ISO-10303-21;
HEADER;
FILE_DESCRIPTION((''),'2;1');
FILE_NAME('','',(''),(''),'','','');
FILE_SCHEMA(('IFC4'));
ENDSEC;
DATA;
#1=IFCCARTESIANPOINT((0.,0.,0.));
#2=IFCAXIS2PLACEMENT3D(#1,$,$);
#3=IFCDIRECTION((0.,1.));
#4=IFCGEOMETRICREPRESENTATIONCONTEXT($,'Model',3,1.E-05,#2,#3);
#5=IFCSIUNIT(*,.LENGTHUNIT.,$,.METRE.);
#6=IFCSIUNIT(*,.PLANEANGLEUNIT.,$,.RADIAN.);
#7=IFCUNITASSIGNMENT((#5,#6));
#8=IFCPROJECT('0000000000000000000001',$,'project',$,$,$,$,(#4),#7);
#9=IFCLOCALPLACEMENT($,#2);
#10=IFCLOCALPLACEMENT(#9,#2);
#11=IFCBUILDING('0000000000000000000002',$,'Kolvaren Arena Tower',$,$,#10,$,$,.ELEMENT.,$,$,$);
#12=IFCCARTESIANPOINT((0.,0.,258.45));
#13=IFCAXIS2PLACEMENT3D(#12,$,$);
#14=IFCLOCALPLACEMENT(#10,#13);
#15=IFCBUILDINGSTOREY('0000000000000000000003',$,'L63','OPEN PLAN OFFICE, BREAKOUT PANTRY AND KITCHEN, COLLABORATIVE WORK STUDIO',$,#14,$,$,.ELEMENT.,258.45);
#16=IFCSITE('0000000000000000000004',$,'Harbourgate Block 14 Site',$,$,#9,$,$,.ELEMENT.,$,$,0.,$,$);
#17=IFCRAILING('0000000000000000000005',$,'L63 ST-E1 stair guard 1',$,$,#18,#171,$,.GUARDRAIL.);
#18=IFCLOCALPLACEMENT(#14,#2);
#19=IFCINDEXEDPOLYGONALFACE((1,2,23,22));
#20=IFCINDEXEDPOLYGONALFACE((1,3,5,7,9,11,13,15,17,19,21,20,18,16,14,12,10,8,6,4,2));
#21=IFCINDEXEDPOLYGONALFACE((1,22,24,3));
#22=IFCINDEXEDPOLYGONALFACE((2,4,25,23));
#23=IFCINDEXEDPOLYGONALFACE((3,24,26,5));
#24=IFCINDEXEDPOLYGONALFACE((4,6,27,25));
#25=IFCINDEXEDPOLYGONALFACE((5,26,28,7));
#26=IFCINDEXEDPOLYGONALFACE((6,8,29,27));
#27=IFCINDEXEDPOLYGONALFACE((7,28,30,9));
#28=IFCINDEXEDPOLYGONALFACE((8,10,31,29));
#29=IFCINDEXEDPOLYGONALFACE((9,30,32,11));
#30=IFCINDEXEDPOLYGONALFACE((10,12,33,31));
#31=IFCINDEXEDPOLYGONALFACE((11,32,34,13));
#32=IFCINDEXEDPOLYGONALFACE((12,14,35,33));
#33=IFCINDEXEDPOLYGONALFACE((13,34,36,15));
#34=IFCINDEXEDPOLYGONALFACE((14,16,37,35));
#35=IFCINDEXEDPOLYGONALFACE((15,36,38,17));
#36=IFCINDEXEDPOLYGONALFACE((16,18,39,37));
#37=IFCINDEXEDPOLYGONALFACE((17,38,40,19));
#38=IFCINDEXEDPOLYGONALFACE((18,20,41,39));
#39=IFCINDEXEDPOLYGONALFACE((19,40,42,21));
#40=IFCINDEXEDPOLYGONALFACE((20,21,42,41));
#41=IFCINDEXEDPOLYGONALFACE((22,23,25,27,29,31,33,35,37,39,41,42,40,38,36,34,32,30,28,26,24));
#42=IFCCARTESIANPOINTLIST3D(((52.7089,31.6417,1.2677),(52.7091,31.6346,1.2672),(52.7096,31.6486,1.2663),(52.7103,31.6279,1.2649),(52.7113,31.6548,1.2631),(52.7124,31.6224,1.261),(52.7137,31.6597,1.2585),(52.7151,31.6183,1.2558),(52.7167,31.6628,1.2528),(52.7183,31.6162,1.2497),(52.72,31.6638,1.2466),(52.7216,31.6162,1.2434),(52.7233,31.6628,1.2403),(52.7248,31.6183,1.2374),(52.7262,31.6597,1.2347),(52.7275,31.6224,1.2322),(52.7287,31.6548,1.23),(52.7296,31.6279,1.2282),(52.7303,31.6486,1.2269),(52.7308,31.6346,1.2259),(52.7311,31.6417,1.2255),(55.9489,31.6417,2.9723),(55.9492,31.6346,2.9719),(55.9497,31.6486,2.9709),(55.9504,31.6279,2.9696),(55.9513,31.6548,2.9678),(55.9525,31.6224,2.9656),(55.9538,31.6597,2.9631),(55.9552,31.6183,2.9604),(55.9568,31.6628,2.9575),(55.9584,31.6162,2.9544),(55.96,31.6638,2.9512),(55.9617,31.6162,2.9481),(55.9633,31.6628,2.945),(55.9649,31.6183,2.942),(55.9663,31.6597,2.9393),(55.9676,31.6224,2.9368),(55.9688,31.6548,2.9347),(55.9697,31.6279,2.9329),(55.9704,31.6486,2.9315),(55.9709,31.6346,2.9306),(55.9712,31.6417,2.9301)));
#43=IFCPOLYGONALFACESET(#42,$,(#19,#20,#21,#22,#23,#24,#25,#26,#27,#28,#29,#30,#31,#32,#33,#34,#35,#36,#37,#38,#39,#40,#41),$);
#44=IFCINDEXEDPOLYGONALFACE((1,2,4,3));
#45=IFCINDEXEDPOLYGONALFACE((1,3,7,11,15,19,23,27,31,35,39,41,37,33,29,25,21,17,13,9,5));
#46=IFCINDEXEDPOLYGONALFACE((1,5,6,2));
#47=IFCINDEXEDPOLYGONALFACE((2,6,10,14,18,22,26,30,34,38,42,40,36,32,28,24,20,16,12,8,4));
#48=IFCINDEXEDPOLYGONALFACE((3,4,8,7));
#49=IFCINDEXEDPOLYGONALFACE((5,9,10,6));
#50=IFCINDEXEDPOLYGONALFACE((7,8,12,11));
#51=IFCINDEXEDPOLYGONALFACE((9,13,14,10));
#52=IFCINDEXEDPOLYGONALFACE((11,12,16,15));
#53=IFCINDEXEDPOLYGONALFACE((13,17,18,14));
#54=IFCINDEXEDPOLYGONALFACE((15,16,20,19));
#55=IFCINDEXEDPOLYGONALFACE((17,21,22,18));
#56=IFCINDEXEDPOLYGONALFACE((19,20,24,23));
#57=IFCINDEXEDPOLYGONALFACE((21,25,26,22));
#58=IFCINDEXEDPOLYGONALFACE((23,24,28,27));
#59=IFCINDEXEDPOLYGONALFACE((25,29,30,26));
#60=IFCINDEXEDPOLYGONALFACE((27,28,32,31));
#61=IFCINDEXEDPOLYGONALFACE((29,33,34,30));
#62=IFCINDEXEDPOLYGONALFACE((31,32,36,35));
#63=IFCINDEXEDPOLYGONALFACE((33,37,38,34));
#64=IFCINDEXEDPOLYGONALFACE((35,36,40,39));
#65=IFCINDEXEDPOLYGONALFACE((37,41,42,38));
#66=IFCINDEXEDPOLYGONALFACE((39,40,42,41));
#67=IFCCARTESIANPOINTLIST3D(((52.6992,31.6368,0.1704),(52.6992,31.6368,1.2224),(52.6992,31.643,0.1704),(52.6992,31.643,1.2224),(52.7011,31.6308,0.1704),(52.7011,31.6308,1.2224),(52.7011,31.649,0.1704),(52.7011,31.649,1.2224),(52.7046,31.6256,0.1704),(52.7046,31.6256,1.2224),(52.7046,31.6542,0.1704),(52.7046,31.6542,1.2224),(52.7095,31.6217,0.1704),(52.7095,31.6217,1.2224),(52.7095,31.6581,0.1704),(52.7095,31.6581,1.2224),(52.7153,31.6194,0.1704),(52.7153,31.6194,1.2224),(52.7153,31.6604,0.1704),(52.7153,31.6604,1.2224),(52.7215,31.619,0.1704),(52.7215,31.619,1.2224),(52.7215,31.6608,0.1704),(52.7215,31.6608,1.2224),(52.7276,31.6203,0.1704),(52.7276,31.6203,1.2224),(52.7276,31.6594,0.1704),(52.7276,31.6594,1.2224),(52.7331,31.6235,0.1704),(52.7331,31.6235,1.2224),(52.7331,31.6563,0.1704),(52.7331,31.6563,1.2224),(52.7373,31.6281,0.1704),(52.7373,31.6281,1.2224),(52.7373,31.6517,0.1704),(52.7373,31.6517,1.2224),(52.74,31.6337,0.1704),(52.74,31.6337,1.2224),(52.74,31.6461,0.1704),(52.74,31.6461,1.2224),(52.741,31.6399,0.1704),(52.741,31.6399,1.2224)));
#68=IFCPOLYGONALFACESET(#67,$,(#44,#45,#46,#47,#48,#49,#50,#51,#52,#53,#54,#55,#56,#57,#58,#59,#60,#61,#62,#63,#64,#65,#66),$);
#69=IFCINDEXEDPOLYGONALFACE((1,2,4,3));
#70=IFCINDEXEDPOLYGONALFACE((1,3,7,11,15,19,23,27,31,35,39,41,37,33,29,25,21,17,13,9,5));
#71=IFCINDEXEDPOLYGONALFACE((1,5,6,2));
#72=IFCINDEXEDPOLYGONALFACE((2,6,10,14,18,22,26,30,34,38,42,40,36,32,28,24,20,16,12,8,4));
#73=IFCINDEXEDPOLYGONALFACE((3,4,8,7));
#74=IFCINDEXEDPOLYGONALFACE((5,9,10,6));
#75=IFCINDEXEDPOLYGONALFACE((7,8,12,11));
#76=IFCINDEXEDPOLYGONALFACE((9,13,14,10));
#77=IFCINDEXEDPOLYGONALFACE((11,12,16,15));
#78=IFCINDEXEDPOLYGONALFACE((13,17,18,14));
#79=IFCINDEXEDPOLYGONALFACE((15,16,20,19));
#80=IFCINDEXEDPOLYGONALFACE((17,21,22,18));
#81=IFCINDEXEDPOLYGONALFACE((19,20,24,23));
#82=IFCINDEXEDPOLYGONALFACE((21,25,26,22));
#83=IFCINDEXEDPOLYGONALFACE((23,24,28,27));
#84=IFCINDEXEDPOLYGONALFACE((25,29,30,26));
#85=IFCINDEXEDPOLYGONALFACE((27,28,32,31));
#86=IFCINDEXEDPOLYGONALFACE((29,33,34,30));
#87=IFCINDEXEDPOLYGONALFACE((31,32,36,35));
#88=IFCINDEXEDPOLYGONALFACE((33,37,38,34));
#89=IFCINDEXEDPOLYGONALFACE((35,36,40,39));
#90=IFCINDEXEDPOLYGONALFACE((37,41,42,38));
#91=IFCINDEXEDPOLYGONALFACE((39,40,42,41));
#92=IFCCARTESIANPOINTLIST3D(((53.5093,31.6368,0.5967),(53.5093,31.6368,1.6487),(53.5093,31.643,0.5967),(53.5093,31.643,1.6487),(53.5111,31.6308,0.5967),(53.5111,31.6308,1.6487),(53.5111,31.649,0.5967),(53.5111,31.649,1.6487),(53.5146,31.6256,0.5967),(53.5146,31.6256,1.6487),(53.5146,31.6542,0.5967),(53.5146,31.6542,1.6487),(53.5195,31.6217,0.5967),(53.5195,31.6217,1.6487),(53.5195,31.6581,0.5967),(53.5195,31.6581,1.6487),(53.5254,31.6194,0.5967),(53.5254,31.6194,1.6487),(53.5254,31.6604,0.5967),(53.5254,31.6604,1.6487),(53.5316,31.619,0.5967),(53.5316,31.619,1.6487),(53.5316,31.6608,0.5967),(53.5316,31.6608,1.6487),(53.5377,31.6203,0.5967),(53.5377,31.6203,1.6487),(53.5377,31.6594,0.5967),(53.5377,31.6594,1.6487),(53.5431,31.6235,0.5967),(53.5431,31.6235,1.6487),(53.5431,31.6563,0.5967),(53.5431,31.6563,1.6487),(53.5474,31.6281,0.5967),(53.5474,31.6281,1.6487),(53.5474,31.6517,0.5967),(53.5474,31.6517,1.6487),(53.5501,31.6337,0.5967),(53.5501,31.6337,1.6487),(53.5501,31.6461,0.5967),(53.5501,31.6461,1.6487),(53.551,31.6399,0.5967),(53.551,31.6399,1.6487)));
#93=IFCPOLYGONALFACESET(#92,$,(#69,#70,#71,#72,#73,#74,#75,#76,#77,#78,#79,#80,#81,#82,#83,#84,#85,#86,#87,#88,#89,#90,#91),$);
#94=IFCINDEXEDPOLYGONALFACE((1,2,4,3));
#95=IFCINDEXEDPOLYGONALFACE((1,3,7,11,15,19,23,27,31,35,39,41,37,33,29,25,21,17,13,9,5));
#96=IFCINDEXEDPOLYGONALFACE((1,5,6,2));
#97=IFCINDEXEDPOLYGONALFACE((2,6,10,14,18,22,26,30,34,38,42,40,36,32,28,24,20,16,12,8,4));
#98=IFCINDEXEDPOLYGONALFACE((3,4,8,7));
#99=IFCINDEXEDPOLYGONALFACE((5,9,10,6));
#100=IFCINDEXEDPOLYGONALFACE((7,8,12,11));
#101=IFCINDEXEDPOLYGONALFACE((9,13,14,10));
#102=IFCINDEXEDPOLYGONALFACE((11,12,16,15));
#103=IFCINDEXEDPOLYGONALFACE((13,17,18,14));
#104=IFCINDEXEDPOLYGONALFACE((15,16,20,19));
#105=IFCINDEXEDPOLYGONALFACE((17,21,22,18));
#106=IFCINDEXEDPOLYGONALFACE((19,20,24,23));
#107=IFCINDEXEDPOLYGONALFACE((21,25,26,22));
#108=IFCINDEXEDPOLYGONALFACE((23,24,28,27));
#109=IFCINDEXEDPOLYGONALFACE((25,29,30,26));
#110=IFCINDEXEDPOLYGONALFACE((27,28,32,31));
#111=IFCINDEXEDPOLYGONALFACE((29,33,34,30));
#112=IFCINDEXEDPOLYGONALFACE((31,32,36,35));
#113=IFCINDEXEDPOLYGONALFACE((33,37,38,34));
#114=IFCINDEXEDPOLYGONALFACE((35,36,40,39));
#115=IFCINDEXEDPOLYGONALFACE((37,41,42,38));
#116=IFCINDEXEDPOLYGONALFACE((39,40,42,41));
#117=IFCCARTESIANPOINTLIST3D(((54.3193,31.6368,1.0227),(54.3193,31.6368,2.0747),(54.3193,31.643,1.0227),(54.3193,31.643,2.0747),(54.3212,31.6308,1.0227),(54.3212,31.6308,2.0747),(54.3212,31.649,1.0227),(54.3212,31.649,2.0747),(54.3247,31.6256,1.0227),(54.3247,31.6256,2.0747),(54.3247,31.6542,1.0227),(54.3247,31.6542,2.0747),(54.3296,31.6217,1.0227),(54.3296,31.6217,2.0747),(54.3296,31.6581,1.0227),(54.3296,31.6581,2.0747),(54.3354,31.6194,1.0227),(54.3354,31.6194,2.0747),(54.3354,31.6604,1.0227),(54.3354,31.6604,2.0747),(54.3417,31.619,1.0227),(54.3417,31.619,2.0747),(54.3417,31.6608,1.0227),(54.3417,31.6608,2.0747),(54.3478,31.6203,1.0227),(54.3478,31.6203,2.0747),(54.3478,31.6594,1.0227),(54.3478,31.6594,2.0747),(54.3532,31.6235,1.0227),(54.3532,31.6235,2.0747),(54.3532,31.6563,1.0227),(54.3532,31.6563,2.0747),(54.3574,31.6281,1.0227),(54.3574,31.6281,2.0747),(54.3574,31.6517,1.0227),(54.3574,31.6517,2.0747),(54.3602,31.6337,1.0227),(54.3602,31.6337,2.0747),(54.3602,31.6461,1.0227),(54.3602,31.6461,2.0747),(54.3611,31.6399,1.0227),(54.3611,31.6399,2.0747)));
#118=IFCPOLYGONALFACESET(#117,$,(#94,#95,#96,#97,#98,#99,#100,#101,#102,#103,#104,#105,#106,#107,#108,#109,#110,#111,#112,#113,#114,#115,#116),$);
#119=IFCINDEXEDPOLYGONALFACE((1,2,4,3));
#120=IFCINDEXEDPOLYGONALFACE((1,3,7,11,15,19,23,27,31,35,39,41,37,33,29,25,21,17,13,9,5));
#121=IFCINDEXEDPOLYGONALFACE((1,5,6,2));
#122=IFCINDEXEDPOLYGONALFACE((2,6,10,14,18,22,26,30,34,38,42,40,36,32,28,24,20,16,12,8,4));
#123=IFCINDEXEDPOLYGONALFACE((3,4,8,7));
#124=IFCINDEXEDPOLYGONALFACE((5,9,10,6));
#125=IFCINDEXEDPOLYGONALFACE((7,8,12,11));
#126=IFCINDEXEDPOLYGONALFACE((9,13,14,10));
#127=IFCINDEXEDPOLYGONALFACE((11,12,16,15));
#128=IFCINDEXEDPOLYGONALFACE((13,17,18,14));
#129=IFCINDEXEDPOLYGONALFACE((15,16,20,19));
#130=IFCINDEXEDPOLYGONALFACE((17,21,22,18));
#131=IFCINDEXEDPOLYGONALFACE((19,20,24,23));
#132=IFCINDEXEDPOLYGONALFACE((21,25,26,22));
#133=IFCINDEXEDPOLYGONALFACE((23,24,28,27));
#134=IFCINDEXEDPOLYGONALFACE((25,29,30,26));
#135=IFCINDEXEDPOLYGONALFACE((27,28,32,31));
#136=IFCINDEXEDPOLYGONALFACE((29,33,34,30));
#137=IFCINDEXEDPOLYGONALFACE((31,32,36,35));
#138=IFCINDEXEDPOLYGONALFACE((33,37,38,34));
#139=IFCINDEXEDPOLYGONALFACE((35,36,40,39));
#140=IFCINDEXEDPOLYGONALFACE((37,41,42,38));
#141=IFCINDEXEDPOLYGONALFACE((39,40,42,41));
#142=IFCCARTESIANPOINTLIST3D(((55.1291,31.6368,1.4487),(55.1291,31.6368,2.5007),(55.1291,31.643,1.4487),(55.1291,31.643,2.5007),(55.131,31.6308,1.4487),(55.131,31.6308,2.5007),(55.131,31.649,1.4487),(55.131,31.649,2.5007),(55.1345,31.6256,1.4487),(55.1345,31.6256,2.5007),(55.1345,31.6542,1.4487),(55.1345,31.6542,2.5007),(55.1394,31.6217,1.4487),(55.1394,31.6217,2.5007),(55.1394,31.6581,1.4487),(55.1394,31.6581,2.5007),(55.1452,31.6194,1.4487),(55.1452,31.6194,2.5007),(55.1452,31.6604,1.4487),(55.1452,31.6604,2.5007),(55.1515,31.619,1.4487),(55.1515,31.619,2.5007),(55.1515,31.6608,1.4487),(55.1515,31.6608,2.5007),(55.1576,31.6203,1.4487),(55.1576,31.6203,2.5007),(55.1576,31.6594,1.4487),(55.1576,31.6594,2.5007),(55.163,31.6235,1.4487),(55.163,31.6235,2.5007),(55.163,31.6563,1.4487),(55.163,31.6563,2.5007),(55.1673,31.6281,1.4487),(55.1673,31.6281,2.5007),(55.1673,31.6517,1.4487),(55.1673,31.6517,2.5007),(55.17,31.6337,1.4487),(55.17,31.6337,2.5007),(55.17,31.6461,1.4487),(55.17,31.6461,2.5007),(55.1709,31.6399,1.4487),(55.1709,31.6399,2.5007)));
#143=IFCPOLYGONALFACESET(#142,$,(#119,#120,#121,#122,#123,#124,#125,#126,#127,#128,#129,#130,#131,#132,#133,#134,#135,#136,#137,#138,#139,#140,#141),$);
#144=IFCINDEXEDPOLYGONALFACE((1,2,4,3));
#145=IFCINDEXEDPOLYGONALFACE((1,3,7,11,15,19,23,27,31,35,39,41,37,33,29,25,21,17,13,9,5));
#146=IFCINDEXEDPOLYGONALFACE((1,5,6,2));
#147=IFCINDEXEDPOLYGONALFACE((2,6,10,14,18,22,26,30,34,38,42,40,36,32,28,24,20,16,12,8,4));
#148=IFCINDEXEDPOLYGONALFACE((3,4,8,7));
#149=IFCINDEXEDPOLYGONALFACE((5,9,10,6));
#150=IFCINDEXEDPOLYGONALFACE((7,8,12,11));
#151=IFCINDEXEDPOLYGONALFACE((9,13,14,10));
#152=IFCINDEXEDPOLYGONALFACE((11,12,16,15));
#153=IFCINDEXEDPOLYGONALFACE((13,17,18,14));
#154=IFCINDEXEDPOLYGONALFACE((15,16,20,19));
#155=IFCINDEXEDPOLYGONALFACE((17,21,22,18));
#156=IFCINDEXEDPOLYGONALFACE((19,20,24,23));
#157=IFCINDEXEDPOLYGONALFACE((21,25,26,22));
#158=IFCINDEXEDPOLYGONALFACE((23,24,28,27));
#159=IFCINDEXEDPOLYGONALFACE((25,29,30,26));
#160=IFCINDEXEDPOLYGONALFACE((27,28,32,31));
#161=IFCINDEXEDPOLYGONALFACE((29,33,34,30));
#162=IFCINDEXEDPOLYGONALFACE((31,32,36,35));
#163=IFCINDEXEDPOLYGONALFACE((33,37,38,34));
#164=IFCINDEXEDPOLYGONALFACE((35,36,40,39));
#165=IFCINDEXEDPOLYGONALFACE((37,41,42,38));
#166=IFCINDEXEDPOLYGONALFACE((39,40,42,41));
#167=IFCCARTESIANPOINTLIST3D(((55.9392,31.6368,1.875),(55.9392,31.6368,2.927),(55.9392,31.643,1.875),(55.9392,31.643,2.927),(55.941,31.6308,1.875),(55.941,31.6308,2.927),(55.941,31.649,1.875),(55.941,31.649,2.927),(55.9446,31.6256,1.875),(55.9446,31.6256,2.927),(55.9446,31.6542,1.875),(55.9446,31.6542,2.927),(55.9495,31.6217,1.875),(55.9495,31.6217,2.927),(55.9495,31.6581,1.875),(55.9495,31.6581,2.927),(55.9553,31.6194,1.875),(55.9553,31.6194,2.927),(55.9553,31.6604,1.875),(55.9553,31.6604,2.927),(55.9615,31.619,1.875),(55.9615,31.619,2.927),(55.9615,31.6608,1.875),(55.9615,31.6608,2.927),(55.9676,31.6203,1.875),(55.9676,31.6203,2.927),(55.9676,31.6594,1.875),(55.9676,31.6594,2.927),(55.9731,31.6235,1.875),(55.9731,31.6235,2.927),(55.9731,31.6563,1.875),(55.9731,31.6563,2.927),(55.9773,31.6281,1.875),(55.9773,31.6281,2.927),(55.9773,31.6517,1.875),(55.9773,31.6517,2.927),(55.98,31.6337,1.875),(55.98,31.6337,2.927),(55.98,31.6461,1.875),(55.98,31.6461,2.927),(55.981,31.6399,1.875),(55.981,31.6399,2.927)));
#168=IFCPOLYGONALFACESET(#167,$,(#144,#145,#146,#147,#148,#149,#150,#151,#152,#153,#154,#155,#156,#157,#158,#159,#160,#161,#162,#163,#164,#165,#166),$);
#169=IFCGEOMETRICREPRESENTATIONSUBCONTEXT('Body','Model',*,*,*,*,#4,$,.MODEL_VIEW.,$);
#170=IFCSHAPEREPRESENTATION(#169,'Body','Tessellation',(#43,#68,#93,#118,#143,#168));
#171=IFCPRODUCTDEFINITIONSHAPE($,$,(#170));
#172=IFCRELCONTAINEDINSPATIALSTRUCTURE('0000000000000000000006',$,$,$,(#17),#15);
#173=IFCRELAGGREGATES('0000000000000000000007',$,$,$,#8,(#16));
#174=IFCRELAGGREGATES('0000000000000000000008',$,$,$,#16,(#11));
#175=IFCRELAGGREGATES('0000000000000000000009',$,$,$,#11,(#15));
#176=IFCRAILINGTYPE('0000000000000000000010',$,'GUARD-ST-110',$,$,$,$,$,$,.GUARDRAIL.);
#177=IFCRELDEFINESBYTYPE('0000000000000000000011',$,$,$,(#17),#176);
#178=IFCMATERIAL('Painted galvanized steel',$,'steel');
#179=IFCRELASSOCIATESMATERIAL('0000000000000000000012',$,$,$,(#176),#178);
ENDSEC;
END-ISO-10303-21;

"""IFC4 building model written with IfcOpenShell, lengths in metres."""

from ifc_helpers import new_model, si_unit, direction, frame, origin, origin_2d, place, context, subcontext, project, spatial, circle, extrude, material, type_object, element, save


model = new_model("IFC4")

# Units and contexts
model_context = context("Model", 3, precision=1e-05, world=origin(), true_north=direction((0.0, 1.0)))
body_context = subcontext(model_context, "Body", "Model", "MODEL_VIEW")
ifc_project = project(units=[si_unit("LENGTHUNIT", "METRE"), si_unit("PLANEANGLEUNIT", "RADIAN")], contexts=[model_context])

# Site, building, storey
site_placement = place(None, origin())
site = spatial("IfcSite", under=ifc_project, at=site_placement, Name="Harbourgate Block 14 Site", CompositionType="ELEMENT", RefElevation=0.0)
building_placement = place(site_placement, origin())
building = spatial("IfcBuilding", under=site, at=building_placement, Name="Kolvaren Arena Tower", CompositionType="ELEMENT")
storey_placement = place(building_placement, frame((0.0, 0.0, 258.45)))
storey = spatial("IfcBuildingStorey", under=building, at=storey_placement, Name="L63", Description="OPEN PLAN OFFICE, BREAKOUT PANTRY AND KITCHEN, COLLABORATIVE WORK STUDIO", CompositionType="ELEMENT", Elevation=258.45)

# Railing
ifc_material_1 = material(Name="Painted galvanized steel", Category="steel")
railing_type_1 = type_object("IfcRailingType", Name="GUARD-ST-110", PredefinedType="GUARDRAIL", material=ifc_material_1)
railing_1_placement = place(storey_placement, frame((52.72, 31.6399, 0.1704)))
element("IfcRailing", 1, at=railing_1_placement, inside=storey, type_object=railing_type_1, Name="L63 ST-E1 stair guard 1", PredefinedType="GUARDRAIL", context=body_context, shape_type="SweptSolid", body=[
    extrude(circle(Radius=0.0239, at=origin_2d()), frame((0.0, 0.0, 1.0762), z_axis=(0.884993, 0.0, 0.465604), x_axis=(0.0, 1.0, 0.0)), (0.0, 0.0, 1.0), 3.6611),
    extrude(circle(Radius=0.021, at=origin_2d()), origin(), (0.0, 0.0, 1.0), 1.052),
    extrude(circle(Radius=0.021, at=origin_2d()), frame((0.8101, 0.0, 0.4263)), (0.0, 0.0, 1.0), 1.052),
    extrude(circle(Radius=0.021, at=origin_2d()), frame((1.6201, 0.0, 0.8523)), (0.0, 0.0, 1.0), 1.052),
    extrude(circle(Radius=0.021, at=origin_2d()), frame((2.4299, 0.0, 1.2783)), (0.0, 0.0, 1.0), 1.052),
    extrude(circle(Radius=0.021, at=origin_2d()), frame((3.24, 0.0, 1.7046)), (0.0, 0.0, 1.0), 1.052),
])

save(model, "model.ifc")
